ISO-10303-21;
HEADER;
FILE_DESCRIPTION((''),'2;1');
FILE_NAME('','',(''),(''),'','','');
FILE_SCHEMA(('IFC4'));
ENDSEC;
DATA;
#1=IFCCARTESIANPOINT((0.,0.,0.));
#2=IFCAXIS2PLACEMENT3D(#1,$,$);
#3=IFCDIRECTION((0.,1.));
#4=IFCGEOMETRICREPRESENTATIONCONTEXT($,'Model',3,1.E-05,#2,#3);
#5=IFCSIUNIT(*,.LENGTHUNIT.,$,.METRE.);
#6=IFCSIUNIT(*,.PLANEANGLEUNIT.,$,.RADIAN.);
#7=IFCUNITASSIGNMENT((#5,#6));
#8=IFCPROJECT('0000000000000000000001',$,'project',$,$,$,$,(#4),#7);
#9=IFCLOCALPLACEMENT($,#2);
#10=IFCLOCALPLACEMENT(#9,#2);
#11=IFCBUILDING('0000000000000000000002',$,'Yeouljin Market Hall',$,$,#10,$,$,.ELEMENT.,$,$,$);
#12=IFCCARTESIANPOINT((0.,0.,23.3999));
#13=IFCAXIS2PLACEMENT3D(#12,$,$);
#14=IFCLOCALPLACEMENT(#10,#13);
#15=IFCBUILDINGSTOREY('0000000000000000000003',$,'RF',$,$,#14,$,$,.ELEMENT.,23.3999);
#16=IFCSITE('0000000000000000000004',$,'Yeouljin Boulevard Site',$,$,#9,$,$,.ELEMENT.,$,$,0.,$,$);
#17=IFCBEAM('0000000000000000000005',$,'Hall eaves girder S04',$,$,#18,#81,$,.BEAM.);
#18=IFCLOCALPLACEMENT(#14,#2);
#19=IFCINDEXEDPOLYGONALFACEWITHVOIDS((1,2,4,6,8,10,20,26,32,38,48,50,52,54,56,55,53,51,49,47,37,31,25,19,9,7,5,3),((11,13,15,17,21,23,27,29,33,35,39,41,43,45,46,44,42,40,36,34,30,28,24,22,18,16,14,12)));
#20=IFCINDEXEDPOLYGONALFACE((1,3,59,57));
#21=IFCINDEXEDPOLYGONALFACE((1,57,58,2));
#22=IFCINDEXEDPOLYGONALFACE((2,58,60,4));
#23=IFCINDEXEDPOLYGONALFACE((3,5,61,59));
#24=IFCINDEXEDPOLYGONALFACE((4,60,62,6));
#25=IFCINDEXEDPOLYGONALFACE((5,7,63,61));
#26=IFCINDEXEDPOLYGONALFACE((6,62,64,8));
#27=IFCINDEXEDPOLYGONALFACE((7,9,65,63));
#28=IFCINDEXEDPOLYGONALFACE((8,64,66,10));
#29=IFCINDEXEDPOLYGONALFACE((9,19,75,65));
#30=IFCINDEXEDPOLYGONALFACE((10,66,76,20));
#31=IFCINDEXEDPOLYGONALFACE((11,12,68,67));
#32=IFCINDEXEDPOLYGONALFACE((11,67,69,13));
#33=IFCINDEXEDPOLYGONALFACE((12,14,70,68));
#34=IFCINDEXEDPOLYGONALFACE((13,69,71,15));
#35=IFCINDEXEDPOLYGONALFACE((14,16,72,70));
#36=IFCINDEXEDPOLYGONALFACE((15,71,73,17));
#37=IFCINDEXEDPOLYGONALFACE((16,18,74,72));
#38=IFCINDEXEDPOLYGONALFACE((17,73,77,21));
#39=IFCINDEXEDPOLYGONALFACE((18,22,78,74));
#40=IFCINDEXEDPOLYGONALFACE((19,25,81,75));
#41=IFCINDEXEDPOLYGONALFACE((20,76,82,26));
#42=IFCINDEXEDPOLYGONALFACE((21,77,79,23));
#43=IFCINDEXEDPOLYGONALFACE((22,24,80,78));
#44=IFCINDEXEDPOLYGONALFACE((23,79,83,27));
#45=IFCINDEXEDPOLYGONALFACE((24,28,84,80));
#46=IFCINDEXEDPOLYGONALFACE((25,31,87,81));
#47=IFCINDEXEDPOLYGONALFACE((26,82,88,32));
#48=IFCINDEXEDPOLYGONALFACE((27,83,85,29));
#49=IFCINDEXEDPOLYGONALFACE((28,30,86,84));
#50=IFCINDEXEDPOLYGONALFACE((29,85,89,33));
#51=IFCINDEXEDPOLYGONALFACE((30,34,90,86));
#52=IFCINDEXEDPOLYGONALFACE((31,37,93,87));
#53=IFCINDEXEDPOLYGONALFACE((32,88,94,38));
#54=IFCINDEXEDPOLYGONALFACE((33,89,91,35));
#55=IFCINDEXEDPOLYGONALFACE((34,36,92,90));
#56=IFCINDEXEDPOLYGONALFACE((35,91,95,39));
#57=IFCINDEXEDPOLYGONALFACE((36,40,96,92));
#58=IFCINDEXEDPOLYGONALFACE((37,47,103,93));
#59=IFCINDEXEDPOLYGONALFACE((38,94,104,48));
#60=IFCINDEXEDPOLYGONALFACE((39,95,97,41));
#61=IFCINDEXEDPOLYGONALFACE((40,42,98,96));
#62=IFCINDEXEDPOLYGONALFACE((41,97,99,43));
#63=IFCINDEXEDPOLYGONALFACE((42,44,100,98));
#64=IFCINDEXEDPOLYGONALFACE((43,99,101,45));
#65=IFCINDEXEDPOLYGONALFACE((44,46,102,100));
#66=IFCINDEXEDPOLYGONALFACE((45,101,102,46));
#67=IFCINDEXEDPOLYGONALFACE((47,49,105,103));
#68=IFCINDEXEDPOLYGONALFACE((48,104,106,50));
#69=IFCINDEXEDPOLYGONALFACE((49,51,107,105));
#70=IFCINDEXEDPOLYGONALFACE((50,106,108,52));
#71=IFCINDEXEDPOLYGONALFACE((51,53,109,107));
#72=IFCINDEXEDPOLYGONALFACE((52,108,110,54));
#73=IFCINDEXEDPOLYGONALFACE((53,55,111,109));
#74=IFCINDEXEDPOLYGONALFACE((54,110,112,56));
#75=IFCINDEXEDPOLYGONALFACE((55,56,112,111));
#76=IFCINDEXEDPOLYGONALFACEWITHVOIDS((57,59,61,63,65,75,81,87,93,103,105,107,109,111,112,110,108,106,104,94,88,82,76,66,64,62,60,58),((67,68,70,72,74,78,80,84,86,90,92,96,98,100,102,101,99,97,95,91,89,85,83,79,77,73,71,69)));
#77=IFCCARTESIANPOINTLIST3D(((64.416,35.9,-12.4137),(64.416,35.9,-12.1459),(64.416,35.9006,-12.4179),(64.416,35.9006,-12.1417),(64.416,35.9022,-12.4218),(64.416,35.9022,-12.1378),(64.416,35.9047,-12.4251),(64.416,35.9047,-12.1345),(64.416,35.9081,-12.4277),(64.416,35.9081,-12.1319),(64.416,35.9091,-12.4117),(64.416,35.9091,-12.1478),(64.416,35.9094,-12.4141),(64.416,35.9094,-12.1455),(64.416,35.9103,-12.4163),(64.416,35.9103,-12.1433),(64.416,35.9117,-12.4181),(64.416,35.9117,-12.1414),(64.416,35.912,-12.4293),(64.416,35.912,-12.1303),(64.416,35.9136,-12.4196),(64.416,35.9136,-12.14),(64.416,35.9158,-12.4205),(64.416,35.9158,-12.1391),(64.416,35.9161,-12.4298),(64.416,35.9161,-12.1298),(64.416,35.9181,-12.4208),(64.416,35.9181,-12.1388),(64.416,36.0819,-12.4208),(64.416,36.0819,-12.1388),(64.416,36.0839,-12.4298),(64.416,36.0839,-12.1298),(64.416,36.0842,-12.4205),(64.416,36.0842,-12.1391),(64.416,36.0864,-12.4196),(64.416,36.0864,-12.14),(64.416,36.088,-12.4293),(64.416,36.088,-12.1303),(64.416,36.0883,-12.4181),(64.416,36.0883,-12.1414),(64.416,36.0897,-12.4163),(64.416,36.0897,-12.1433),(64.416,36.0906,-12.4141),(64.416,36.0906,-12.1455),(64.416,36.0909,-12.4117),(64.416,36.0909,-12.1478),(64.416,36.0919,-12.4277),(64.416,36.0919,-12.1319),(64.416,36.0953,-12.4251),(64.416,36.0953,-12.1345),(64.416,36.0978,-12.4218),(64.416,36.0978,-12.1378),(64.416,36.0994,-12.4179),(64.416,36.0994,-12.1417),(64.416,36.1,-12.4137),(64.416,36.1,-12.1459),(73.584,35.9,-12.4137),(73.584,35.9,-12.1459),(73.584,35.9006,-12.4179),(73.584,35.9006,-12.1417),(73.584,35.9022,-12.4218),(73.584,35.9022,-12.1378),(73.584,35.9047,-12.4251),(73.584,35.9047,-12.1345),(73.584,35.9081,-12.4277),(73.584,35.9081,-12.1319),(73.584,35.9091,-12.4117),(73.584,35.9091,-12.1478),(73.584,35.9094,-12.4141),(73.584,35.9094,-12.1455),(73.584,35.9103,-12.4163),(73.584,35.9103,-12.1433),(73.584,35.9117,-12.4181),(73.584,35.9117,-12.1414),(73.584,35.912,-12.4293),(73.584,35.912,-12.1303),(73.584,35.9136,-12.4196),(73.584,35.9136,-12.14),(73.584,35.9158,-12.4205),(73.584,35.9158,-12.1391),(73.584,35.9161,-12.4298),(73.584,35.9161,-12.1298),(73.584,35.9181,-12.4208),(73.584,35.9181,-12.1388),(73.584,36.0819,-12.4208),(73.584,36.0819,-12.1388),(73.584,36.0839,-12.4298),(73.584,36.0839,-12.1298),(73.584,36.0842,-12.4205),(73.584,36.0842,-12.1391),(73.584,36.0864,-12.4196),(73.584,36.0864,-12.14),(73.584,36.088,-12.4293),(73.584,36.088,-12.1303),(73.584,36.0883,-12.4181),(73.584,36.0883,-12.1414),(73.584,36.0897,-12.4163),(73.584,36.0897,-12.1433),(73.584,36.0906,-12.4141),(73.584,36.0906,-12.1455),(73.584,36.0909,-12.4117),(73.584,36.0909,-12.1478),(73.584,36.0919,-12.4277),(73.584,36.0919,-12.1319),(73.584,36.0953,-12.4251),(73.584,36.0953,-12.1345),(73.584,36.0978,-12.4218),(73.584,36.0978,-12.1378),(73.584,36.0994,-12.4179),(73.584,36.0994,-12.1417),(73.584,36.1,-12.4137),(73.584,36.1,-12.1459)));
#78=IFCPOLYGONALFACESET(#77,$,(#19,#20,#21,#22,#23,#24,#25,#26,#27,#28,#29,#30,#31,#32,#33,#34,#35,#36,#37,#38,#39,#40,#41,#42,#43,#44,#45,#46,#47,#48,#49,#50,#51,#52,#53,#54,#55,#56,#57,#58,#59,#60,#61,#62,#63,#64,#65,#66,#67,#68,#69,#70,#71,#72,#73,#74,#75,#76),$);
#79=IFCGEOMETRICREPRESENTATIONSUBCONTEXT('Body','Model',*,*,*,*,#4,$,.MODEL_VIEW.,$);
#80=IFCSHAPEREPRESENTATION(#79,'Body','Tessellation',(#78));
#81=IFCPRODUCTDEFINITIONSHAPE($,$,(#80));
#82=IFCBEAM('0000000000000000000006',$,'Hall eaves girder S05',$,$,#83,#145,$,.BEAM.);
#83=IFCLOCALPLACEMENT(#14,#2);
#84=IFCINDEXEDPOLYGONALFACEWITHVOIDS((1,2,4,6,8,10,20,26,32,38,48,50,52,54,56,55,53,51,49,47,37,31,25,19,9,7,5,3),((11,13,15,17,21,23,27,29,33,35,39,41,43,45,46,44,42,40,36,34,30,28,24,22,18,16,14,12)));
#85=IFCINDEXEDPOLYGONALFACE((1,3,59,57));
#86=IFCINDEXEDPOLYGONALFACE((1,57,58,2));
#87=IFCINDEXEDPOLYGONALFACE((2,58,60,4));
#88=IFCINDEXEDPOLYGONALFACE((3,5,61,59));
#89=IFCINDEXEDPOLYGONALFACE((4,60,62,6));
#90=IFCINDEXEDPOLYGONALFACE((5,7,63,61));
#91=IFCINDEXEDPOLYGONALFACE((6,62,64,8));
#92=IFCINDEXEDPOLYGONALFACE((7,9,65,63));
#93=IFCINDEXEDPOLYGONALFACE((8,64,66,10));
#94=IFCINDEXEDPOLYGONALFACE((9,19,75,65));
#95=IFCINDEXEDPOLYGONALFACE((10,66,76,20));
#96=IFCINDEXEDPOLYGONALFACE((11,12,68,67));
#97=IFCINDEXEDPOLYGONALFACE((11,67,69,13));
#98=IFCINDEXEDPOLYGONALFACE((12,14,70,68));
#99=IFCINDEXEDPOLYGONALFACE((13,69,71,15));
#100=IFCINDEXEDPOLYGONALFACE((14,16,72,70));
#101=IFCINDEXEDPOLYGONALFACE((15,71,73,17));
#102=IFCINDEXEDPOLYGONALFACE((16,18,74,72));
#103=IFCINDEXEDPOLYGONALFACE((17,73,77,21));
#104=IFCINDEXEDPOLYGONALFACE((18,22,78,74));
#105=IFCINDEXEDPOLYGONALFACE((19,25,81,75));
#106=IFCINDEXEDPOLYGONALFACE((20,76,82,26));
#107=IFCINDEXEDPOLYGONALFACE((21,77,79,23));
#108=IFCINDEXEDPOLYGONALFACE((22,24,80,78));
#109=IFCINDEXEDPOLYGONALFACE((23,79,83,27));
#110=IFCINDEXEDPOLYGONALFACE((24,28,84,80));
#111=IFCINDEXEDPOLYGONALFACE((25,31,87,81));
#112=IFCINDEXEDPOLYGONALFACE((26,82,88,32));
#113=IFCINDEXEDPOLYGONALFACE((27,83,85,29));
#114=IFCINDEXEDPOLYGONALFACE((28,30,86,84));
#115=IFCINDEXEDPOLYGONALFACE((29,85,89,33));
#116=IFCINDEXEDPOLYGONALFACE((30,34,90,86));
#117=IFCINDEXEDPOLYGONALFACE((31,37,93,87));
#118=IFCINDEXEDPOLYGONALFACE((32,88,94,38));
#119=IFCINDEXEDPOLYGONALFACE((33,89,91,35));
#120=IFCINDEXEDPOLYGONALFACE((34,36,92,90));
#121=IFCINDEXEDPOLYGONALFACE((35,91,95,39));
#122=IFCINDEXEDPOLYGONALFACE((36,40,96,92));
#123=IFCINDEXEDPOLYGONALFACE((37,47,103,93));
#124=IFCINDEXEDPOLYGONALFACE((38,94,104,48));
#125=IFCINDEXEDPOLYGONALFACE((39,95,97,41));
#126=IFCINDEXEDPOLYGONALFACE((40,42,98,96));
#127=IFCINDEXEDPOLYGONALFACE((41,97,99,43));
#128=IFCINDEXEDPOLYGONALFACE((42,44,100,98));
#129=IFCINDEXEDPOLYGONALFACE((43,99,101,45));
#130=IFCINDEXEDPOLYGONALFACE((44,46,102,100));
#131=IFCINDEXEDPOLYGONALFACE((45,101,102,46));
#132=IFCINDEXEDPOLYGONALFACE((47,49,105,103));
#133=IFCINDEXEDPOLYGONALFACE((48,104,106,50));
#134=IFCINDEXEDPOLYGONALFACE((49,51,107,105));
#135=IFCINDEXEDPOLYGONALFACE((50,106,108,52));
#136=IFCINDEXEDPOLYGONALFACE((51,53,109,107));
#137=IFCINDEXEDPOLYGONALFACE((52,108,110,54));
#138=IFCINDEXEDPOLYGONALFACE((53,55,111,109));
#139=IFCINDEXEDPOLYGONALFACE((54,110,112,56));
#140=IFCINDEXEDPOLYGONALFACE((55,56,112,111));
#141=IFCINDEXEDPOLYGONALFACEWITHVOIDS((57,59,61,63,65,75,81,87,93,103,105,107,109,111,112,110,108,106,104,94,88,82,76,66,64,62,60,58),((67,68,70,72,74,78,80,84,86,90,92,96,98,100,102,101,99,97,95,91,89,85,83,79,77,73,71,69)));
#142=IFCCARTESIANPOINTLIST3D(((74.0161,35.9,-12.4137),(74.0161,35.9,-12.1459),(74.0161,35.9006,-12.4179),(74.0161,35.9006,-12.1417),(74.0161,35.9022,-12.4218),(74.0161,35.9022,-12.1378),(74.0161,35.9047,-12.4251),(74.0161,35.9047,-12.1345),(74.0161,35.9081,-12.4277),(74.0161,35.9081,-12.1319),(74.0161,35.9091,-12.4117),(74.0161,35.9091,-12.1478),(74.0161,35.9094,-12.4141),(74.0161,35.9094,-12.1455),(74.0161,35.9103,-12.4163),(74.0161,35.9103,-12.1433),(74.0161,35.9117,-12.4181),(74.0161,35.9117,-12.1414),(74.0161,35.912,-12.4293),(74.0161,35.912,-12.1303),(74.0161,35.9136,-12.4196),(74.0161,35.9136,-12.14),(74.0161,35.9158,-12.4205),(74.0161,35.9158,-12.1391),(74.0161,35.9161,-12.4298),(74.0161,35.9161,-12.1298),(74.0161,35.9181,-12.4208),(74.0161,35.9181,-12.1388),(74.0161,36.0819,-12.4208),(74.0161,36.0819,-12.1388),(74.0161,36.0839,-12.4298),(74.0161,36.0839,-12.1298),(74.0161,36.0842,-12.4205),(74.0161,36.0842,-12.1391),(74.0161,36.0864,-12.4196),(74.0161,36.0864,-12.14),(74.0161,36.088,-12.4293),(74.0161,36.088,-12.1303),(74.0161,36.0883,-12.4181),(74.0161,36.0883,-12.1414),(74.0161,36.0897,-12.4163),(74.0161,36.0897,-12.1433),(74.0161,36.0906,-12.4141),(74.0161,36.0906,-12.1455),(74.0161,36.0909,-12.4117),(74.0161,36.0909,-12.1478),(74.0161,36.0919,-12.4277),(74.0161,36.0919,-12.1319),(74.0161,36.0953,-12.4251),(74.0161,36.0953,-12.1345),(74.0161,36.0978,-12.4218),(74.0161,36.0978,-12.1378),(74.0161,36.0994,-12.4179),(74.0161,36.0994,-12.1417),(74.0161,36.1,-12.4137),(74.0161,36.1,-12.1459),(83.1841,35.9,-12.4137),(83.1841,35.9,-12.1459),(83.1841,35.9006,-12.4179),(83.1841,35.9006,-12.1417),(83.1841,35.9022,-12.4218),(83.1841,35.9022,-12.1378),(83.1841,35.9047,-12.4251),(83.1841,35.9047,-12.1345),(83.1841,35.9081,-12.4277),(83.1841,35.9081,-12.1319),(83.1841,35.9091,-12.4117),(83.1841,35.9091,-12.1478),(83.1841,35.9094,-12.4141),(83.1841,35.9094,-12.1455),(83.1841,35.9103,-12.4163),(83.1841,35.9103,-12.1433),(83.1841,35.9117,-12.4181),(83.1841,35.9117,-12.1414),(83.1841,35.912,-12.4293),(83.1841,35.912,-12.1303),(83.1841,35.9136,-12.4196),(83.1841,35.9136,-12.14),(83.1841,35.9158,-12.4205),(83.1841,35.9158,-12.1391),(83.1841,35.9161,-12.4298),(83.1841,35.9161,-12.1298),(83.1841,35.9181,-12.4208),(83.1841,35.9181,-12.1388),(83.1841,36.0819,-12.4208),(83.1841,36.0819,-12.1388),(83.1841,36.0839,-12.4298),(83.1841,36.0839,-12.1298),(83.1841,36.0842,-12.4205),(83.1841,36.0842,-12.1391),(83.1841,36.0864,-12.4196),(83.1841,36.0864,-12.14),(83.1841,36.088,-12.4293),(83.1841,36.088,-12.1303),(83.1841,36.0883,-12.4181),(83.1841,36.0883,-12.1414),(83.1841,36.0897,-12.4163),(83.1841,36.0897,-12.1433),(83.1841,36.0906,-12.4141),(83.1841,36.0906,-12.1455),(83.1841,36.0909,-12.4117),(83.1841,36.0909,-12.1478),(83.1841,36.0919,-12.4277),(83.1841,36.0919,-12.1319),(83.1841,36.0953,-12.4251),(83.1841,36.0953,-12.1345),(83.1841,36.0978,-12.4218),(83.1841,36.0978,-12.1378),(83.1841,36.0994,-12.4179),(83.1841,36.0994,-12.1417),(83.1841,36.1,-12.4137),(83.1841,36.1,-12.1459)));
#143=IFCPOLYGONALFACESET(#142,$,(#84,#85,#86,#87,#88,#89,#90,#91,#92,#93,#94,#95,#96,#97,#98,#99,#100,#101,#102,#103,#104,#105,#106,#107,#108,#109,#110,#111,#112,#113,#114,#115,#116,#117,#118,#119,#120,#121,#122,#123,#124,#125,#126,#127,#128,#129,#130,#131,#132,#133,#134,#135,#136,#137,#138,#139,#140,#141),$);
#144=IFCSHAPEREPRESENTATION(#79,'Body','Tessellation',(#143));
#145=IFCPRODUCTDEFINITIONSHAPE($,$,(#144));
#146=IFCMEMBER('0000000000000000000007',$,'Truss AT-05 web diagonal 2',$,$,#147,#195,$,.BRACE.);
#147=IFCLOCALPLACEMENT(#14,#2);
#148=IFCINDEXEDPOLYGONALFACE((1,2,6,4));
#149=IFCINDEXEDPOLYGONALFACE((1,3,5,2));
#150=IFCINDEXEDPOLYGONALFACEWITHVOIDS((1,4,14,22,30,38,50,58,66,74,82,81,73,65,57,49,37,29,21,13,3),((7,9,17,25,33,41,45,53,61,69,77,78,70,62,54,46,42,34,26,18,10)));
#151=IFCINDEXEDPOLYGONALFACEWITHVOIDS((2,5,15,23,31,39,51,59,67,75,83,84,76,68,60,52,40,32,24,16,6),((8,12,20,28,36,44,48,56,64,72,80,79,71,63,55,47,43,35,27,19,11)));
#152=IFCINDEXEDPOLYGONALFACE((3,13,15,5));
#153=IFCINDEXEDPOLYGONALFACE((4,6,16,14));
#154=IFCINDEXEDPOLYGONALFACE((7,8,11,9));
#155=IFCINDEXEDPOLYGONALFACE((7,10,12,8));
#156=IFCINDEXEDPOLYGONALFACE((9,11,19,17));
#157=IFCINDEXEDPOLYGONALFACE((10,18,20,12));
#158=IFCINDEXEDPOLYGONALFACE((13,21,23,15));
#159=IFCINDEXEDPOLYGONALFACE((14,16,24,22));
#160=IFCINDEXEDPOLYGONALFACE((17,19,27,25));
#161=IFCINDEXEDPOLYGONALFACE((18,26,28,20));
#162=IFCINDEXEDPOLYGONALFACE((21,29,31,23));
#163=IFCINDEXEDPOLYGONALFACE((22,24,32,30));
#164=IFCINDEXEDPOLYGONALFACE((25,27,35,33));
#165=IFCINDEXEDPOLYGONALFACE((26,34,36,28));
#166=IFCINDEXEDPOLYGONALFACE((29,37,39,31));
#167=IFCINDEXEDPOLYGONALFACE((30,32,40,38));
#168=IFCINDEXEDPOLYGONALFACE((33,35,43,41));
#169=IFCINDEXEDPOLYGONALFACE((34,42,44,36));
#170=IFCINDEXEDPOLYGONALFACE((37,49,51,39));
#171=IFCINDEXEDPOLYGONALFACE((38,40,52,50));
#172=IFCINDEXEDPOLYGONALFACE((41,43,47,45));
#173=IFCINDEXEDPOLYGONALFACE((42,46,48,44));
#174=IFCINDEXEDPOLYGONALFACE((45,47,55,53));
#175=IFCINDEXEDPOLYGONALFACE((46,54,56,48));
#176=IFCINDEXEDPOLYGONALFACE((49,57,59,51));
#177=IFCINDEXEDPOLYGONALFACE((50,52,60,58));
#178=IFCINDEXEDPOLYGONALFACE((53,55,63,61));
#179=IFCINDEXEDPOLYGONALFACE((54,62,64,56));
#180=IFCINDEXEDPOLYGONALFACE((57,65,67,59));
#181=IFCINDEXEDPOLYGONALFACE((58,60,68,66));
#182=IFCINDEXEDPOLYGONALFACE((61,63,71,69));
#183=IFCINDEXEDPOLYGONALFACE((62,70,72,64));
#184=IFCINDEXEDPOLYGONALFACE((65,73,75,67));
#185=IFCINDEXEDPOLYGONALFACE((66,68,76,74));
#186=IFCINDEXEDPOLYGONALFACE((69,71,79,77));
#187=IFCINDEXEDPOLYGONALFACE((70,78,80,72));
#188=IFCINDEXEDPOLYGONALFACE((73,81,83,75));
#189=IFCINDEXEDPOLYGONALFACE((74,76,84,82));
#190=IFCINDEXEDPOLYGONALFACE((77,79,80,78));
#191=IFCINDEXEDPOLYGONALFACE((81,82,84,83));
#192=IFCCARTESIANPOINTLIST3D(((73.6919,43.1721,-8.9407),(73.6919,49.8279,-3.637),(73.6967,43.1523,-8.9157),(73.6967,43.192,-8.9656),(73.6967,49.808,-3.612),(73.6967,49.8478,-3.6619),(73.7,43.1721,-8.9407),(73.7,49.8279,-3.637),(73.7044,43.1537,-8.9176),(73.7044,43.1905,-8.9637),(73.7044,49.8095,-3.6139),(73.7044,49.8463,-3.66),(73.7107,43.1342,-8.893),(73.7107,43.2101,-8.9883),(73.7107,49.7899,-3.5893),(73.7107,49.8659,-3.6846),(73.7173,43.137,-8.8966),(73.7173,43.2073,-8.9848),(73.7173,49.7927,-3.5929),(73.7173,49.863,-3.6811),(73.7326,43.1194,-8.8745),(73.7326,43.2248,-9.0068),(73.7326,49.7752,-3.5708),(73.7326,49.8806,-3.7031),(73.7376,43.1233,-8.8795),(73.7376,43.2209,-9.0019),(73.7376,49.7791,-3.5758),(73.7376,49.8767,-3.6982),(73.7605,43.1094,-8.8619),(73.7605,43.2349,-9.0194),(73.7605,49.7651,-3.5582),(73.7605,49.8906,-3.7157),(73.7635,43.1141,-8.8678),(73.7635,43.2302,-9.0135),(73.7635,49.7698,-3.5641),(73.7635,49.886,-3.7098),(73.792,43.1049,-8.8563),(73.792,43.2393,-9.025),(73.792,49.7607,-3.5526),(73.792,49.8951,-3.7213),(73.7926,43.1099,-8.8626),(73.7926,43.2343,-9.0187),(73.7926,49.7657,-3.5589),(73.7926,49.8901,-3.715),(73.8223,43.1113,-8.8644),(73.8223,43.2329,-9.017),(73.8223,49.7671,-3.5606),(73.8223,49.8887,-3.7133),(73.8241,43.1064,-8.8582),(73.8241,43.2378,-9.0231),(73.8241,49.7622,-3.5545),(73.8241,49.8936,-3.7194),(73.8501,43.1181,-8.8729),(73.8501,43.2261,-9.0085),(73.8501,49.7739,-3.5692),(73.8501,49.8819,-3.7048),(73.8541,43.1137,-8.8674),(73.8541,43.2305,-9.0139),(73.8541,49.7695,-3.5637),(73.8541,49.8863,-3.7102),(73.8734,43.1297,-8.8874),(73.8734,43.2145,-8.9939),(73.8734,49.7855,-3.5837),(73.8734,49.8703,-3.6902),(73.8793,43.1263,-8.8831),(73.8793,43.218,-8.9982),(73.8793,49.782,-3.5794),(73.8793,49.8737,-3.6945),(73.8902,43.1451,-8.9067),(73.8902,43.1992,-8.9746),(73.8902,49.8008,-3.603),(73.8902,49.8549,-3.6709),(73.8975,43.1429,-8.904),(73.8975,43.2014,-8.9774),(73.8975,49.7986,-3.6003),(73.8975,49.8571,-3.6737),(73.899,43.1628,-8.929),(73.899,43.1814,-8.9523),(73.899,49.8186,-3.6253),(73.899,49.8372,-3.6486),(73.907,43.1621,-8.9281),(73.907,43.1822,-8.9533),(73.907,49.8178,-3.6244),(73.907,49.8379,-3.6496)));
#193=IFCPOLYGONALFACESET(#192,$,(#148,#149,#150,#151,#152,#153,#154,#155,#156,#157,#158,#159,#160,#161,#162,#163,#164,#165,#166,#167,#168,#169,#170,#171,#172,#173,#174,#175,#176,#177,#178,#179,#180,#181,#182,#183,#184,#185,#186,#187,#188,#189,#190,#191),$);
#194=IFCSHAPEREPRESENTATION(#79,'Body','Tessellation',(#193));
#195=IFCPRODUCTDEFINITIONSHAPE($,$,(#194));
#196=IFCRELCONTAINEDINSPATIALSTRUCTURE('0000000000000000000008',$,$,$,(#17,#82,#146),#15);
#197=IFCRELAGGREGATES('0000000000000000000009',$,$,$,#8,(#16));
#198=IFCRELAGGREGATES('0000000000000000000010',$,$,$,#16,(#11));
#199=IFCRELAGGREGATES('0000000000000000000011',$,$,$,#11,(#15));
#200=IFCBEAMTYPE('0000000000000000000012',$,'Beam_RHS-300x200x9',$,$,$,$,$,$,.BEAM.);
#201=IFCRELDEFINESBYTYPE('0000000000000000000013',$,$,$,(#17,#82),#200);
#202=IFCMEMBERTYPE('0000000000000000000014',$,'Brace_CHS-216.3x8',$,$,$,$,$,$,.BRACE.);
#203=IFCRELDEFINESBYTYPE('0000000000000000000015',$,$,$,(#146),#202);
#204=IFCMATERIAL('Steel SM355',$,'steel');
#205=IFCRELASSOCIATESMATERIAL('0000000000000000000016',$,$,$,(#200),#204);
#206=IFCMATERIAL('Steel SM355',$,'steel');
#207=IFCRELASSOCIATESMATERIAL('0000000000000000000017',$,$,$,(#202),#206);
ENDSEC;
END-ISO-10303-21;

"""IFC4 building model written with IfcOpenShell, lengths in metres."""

from ifc_helpers import new_model, si_unit, direction, frame, origin, origin_2d, place, context, subcontext, project, spatial, hollow_rectangle, hollow_circle, extrude, material, material_profile, profile_set, type_object, element, save


model = new_model("IFC4")

# Units and contexts
model_context = context("Model", 3, precision=1e-05, world=origin(), true_north=direction((0.0, 1.0)))
body_context = subcontext(model_context, "Body", "Model", "MODEL_VIEW")
ifc_project = project(units=[si_unit("LENGTHUNIT", "METRE"), si_unit("PLANEANGLEUNIT", "RADIAN")], contexts=[model_context])

# Site, building, storey
site_placement = place(None, origin())
site = spatial("IfcSite", under=ifc_project, at=site_placement, Name="Yeouljin Boulevard Site", CompositionType="ELEMENT", RefElevation=0.0)
building_placement = place(site_placement, origin())
building = spatial("IfcBuilding", under=site, at=building_placement, Name="Yeouljin Market Hall", CompositionType="ELEMENT")
storey_placement = place(building_placement, frame((0.0, 0.0, 23.3999)))
storey = spatial("IfcBuildingStorey", under=building, at=storey_placement, Name="RF", CompositionType="ELEMENT", Elevation=23.3999)

# Beams
ifc_material_1 = material(Name="Steel SM355", Category="steel")
ifc_material_profile_1 = material_profile(ifc_material_1, hollow_rectangle(XDim=0.2, YDim=0.3, WallThickness=0.009, InnerFilletRadius=0.009, OuterFilletRadius=0.0161, at=origin_2d()), Name="RHS-300x200x9")
ifc_profile_set_1 = profile_set([ifc_material_profile_1], Name="Steel SM355")
beam_type_1 = type_object("IfcBeamType", Name="Beam_RHS-300x200x9", PredefinedType="BEAM", material=ifc_profile_set_1)
for number, where, z_axis, x_axis, name in (
    (1, (64.416, 36.0, -12.2798), (1.0, 0.0, 0.0), (0.0, 1.0, 0.0), "Hall eaves girder S04"),
    (2, (74.0161, 36.0, -12.2798), (1.0, 0.0, 0.0), (0.0, 1.0, 0.0), "Hall eaves girder S05"),
):
    element("IfcBeam", number, at=place(storey_placement, frame(where, z_axis=z_axis, x_axis=x_axis)), inside=storey, type_object=beam_type_1, Name=name, PredefinedType="BEAM", context=body_context, shape_type="SweptSolid", body=[
        extrude(hollow_rectangle(XDim=0.2, YDim=0.3, WallThickness=0.009, InnerFilletRadius=0.009, OuterFilletRadius=0.0161, at=origin_2d()), origin(), (0.0, 0.0, 1.0), 9.168),
    ])

# Member
ifc_material_2 = material(Name="Steel SM355", Category="steel")
ifc_material_profile_2 = material_profile(ifc_material_2, hollow_circle(Radius=0.1082, WallThickness=0.0081, at=origin_2d()), Name="CHS-216.3x8")
ifc_profile_set_2 = profile_set([ifc_material_profile_2], Name="Steel SM355")
member_type_1 = type_object("IfcMemberType", Name="Brace_CHS-216.3x8", PredefinedType="BRACE", material=ifc_profile_set_2)
for number, where, z_axis, x_axis, name in (
    (3, (73.8, 43.1721, -8.9407), (0.0, 0.782065, 0.623197), (-1.0, 0.0, 0.0), "Truss AT-05 web diagonal 2"),
):
    element("IfcMember", number, at=place(storey_placement, frame(where, z_axis=z_axis, x_axis=x_axis)), inside=storey, type_object=member_type_1, Name=name, PredefinedType="BRACE", context=body_context, shape_type="SweptSolid", body=[
        extrude(hollow_circle(Radius=0.1082, WallThickness=0.0081, at=origin_2d()), origin(), (0.0, 0.0, 1.0), 8.5105),
    ])

save(model, "model.ifc")
